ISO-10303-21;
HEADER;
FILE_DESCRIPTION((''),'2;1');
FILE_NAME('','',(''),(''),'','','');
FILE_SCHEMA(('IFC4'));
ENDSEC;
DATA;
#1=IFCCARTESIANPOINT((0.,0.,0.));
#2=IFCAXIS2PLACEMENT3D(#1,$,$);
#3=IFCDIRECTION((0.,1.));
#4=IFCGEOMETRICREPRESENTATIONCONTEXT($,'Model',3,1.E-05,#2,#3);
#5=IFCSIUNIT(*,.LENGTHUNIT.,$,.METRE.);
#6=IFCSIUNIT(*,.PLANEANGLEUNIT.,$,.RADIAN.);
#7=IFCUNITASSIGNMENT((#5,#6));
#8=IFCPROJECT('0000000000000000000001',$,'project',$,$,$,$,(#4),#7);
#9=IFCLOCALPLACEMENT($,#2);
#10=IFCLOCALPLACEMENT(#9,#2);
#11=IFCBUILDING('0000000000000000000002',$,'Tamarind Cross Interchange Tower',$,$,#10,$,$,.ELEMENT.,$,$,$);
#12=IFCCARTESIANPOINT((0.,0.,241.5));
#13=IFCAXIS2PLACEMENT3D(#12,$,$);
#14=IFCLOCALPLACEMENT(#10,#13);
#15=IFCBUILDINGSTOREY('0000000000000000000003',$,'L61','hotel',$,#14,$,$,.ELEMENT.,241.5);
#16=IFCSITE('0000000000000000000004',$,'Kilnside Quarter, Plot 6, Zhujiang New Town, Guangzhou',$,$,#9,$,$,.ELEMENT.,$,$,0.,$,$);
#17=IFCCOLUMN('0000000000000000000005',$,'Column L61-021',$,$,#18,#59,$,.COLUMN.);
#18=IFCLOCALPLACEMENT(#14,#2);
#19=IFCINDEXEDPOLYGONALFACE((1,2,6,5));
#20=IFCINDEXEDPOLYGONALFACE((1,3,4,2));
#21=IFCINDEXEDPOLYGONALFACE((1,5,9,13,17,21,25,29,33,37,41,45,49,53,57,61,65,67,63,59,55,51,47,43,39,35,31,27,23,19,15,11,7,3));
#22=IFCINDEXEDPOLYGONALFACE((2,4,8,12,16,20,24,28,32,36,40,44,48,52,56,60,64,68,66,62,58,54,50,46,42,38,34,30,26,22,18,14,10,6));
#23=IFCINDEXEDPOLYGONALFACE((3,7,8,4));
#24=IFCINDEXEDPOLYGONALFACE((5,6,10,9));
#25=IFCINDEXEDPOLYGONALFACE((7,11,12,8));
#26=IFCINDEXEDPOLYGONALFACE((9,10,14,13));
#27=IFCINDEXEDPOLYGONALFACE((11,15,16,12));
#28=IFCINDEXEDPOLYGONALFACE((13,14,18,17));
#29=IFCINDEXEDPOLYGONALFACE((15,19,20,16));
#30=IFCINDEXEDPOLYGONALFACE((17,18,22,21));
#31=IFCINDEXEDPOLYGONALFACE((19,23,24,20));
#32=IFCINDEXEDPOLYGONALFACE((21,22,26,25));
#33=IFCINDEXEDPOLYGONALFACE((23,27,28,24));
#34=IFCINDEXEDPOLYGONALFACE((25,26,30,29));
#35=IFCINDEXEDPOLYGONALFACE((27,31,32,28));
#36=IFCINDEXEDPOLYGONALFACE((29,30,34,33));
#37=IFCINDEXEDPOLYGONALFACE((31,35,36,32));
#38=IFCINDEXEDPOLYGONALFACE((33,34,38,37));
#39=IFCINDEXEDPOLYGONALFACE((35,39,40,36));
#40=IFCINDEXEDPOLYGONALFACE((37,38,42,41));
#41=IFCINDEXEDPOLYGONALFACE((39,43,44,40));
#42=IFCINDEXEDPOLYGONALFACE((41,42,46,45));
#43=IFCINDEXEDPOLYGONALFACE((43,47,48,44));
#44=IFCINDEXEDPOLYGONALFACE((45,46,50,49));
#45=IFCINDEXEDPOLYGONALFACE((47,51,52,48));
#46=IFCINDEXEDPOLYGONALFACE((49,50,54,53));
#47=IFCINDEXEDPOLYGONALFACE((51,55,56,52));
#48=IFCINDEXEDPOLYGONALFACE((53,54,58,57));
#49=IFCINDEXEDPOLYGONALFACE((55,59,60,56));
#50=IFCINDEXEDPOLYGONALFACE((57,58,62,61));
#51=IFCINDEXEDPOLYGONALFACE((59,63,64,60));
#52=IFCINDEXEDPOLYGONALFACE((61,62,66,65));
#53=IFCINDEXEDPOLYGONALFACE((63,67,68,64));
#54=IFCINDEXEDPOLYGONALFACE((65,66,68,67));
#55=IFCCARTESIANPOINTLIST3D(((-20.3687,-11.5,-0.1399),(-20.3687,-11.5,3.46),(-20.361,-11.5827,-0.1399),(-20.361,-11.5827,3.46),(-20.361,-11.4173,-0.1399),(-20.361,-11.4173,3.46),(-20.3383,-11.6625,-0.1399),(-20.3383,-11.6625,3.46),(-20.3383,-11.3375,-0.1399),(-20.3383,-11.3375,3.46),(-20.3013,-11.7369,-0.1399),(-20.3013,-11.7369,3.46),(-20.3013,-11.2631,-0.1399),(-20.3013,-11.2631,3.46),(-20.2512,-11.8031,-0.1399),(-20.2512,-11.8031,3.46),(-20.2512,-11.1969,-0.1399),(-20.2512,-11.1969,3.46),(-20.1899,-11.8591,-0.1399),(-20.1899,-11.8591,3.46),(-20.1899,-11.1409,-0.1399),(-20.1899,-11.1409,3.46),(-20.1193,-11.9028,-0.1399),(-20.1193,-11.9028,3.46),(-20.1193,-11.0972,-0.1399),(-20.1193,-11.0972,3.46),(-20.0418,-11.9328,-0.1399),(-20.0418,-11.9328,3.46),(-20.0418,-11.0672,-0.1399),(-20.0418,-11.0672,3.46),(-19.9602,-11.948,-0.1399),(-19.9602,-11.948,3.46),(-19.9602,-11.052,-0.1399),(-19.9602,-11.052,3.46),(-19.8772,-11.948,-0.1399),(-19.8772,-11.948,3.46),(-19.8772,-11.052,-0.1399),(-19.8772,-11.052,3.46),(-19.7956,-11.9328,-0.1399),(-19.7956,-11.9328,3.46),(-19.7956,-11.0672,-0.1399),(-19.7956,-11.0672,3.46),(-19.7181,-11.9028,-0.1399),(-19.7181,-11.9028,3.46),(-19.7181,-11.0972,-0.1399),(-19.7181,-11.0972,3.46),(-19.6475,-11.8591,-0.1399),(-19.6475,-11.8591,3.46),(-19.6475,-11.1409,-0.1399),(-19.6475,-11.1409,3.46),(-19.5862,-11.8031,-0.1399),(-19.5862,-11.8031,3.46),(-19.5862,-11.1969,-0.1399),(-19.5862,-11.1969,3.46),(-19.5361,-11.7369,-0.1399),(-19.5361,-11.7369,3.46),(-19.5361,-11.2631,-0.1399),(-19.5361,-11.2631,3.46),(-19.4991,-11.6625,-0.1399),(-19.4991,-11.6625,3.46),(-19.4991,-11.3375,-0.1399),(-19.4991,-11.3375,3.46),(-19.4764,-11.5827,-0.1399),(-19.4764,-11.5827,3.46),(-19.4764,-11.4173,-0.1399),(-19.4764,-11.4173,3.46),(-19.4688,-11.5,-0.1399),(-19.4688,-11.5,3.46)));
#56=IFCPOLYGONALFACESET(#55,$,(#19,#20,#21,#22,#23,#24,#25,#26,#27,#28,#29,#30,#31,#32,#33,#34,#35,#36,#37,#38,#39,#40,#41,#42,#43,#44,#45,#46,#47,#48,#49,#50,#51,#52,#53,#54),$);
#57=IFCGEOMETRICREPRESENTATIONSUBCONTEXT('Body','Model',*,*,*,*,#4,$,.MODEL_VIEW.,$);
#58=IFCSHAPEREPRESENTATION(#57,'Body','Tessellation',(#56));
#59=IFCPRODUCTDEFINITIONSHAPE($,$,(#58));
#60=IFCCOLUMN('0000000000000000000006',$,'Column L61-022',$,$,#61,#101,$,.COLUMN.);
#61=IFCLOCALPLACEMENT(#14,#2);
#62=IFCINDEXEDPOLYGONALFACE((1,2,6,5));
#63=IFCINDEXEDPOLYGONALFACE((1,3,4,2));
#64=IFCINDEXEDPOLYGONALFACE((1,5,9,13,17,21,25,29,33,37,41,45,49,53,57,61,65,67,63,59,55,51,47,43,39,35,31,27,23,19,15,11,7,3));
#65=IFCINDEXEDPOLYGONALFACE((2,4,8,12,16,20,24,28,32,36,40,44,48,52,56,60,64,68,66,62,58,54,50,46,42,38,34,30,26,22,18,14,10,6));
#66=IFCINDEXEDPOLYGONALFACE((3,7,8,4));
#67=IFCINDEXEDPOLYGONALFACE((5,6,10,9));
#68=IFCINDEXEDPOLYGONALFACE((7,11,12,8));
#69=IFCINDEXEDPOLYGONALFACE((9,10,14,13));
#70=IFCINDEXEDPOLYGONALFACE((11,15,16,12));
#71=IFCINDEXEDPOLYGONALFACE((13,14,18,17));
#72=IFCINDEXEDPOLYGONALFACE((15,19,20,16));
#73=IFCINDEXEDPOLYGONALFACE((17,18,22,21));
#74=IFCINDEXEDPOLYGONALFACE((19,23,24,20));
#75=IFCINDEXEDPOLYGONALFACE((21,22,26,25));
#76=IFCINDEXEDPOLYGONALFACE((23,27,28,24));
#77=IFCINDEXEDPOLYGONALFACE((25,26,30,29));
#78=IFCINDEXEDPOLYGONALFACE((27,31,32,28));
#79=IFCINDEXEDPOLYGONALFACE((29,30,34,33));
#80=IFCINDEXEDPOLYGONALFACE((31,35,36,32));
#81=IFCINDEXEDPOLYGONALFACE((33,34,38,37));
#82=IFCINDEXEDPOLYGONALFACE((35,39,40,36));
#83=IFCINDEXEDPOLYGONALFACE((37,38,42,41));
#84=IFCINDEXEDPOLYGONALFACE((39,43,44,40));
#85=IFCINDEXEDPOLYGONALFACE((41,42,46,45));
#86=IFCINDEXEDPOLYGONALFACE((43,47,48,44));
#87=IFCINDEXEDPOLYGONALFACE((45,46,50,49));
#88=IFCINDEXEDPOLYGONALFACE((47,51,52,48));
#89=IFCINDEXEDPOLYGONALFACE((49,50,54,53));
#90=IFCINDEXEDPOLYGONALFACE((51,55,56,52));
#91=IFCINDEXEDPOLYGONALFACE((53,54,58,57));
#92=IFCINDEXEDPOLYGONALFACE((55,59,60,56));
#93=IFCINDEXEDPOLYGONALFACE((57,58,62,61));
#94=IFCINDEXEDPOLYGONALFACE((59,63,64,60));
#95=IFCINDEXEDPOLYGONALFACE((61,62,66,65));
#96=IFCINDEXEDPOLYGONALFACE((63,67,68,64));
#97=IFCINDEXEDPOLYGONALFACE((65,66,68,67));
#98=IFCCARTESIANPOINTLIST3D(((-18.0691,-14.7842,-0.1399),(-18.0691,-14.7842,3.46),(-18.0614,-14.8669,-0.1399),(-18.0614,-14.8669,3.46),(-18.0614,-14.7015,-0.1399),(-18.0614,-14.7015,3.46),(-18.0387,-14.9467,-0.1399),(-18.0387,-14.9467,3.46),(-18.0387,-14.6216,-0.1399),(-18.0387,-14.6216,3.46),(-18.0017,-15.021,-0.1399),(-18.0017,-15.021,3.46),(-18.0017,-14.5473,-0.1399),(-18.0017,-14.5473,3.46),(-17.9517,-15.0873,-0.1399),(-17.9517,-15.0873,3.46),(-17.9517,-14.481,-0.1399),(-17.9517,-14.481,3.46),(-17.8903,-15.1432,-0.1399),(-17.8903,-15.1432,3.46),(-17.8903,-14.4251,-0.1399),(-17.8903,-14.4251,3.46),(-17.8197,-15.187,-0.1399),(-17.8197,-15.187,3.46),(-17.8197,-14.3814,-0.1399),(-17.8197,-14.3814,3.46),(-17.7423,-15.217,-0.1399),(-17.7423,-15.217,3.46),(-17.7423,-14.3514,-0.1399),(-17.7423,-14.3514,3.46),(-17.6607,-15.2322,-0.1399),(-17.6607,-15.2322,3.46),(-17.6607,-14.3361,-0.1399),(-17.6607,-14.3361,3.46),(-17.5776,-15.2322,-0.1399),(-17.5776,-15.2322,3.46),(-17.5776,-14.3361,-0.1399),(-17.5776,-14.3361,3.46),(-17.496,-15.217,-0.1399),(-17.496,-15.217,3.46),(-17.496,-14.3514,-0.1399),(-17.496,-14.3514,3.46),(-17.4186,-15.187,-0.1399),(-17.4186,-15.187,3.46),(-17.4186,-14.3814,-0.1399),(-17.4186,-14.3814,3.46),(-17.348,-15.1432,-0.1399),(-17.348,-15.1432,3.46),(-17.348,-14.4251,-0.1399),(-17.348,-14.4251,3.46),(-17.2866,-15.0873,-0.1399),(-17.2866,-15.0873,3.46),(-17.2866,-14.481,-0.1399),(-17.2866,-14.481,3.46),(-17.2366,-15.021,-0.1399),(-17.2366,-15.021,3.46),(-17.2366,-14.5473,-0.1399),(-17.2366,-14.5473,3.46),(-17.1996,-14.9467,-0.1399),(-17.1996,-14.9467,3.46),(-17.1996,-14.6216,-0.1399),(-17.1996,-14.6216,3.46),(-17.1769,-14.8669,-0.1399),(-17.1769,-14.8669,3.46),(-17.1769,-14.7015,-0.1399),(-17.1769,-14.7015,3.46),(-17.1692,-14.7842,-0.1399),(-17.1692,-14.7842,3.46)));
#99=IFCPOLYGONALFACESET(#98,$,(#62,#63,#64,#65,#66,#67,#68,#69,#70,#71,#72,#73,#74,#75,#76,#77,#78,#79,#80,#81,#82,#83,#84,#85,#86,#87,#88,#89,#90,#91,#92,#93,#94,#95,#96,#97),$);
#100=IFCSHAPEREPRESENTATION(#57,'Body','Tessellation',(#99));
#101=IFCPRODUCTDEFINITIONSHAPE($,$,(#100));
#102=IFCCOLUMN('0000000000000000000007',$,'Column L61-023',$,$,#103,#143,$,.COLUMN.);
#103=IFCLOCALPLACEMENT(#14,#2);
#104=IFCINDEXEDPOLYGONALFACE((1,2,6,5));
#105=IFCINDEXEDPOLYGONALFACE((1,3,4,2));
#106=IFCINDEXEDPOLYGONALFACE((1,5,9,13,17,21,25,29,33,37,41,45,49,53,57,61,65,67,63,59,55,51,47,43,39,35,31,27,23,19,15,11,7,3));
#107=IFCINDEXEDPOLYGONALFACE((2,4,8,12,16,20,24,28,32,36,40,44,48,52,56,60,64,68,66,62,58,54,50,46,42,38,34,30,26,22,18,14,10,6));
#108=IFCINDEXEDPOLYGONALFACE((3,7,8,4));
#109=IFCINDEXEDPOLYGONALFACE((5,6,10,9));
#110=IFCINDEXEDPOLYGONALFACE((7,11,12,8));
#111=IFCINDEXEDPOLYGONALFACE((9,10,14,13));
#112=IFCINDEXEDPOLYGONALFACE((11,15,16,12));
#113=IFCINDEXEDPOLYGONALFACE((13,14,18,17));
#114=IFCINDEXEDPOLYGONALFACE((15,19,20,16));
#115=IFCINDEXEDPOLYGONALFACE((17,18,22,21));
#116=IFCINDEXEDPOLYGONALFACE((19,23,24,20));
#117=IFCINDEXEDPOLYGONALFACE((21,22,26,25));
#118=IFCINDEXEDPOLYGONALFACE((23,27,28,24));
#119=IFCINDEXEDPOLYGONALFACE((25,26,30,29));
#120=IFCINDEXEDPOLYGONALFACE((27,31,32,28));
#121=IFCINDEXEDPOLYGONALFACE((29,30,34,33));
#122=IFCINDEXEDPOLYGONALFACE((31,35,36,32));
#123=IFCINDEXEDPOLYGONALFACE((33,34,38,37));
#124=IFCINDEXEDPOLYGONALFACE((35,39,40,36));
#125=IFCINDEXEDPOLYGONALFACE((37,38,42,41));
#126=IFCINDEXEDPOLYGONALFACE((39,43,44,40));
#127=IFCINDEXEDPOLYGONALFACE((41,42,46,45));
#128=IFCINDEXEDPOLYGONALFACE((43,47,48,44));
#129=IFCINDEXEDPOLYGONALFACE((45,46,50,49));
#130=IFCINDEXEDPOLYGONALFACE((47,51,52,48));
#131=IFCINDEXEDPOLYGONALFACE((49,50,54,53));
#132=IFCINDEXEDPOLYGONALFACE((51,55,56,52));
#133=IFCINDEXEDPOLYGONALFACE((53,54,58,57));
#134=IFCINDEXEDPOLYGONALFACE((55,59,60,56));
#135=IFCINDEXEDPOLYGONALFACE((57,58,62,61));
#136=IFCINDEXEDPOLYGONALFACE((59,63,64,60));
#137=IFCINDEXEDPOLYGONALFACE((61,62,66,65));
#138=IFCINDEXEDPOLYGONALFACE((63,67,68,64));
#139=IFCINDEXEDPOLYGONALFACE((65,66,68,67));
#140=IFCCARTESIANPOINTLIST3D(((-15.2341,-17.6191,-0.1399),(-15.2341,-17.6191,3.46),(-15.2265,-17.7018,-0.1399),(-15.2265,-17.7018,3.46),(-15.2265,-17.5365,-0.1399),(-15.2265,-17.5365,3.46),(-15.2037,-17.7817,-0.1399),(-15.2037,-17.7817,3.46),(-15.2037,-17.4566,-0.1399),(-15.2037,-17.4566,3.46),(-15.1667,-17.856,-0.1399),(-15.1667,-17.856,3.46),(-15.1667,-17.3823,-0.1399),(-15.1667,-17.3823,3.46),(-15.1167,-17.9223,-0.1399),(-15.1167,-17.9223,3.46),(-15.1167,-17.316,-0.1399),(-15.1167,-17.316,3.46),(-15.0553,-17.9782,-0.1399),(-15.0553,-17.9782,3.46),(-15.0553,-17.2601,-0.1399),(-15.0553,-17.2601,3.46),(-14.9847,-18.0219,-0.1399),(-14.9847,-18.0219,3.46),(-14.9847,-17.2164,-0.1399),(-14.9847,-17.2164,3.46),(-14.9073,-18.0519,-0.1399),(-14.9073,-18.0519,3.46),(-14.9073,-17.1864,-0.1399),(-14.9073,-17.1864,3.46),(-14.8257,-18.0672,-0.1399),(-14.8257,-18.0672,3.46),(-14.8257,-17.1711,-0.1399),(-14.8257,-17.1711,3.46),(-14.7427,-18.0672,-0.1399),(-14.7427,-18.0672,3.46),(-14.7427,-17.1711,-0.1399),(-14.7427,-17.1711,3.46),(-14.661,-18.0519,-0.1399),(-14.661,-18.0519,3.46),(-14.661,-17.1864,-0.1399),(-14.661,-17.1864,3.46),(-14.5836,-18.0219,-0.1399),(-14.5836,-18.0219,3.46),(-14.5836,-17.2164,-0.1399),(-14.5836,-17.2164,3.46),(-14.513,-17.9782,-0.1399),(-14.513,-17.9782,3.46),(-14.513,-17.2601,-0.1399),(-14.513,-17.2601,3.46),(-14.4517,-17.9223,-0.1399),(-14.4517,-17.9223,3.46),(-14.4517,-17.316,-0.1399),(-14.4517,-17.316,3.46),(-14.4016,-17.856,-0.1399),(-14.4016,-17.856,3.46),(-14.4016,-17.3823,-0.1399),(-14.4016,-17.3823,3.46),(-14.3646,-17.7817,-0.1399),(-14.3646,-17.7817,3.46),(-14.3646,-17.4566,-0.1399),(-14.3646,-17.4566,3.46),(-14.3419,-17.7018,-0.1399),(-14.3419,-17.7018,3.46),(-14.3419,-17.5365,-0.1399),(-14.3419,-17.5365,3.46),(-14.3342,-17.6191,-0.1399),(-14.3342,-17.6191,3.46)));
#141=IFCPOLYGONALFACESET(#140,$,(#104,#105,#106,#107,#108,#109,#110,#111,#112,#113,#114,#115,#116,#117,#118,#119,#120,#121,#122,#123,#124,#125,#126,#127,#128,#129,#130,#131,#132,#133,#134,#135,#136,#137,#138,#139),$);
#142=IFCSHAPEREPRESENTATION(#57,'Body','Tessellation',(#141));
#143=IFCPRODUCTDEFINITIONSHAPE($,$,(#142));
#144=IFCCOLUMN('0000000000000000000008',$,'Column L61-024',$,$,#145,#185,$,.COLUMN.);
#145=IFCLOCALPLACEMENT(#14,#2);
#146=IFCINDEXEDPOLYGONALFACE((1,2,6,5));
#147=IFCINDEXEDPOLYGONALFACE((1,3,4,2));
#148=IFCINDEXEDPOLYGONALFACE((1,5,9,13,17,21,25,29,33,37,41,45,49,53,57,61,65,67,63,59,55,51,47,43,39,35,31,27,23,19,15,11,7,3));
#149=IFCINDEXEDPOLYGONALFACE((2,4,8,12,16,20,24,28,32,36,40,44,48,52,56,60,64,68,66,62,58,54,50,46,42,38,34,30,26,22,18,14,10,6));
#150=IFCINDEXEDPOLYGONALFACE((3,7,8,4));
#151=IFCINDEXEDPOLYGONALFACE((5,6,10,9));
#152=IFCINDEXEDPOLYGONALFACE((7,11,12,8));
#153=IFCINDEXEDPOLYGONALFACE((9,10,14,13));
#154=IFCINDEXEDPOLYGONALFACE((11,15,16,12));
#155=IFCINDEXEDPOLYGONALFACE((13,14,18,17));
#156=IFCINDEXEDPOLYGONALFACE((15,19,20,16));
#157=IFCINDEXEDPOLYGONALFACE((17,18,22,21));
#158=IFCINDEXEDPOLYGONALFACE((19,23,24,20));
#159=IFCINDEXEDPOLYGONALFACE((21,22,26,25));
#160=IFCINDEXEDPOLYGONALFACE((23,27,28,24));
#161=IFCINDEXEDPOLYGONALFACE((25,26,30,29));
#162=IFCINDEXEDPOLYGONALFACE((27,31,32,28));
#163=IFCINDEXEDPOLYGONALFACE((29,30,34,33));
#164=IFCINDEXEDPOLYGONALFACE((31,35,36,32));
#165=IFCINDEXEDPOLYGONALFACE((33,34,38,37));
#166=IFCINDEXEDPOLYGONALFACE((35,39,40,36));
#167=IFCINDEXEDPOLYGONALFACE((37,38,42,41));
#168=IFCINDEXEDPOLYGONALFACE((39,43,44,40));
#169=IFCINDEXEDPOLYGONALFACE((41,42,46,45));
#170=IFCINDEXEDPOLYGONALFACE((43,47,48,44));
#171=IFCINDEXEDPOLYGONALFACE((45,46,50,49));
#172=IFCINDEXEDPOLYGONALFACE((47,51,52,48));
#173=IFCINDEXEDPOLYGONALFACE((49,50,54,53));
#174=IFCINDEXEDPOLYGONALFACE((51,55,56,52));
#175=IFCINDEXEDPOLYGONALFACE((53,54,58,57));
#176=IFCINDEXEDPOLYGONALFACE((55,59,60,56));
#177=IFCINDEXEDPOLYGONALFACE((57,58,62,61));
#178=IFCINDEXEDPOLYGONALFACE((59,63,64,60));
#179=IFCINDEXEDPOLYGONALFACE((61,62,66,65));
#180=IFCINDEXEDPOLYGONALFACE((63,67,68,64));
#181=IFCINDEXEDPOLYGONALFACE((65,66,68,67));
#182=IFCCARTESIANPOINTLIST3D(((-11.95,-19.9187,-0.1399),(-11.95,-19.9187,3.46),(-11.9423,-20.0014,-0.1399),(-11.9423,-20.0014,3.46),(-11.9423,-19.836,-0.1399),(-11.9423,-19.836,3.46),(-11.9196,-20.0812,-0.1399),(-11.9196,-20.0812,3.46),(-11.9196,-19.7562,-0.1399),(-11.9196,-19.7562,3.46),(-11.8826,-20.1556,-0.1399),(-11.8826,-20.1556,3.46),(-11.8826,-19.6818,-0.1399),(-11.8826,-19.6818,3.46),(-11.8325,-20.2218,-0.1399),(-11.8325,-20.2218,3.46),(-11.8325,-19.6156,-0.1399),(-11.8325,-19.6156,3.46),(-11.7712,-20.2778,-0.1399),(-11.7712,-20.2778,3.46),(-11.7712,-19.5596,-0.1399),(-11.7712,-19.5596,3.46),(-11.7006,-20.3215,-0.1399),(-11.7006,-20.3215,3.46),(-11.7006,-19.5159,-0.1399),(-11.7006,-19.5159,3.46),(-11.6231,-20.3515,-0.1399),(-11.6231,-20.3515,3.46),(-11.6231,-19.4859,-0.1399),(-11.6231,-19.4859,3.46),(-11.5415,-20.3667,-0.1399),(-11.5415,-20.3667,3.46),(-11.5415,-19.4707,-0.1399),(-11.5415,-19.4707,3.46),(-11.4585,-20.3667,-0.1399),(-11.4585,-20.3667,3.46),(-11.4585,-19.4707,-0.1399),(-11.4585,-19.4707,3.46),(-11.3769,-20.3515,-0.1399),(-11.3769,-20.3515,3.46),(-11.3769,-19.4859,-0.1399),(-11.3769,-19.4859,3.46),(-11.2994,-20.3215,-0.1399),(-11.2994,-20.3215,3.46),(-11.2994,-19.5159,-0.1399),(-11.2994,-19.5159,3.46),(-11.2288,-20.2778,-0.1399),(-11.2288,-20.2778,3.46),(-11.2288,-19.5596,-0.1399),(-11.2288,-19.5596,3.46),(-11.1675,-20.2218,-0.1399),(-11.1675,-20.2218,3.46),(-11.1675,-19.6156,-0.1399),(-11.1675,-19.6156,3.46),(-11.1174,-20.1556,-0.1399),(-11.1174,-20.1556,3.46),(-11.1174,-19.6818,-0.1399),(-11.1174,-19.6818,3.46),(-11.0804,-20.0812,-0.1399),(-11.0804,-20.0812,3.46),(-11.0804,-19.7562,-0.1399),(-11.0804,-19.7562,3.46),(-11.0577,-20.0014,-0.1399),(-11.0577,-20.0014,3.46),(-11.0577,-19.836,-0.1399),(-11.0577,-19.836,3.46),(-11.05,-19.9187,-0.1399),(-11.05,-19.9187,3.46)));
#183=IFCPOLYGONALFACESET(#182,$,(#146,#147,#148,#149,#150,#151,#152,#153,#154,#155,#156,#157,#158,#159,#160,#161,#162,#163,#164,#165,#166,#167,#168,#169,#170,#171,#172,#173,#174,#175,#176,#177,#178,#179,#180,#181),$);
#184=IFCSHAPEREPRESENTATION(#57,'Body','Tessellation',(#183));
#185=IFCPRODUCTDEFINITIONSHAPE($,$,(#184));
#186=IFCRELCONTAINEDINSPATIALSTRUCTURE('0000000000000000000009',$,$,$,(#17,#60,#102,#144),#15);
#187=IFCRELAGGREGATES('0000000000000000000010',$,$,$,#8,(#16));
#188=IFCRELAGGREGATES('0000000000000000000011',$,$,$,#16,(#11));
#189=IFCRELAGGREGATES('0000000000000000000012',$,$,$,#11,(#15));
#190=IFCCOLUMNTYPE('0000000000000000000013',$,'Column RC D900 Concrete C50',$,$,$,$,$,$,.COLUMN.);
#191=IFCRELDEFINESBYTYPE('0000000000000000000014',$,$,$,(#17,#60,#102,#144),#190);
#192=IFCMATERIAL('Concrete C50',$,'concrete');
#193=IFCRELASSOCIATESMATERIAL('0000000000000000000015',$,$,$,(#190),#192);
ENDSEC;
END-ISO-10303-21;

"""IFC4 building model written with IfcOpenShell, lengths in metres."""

from ifc_helpers import new_model, si_unit, direction, frame, origin, origin_2d, place, context, subcontext, project, spatial, circle, extrude, material, material_profile, profile_set, type_object, element, save


model = new_model("IFC4")

# Units and contexts
model_context = context("Model", 3, precision=1e-05, world=origin(), true_north=direction((0.0, 1.0)))
body_context = subcontext(model_context, "Body", "Model", "MODEL_VIEW")
ifc_project = project(units=[si_unit("LENGTHUNIT", "METRE"), si_unit("PLANEANGLEUNIT", "RADIAN")], contexts=[model_context])

# Site, building, storey
site_placement = place(None, origin())
site = spatial("IfcSite", under=ifc_project, at=site_placement, Name="Kilnside Quarter, Plot 6, Zhujiang New Town, Guangzhou", CompositionType="ELEMENT", RefElevation=0.0)
building_placement = place(site_placement, origin())
building = spatial("IfcBuilding", under=site, at=building_placement, Name="Tamarind Cross Interchange Tower", CompositionType="ELEMENT")
storey_placement = place(building_placement, frame((0.0, 0.0, 241.5)))
storey = spatial("IfcBuildingStorey", under=building, at=storey_placement, Name="L61", Description="hotel", CompositionType="ELEMENT", Elevation=241.5)

# Columns
ifc_material_1 = material(Name="Concrete C50", Category="concrete")
ifc_material_profile_1 = material_profile(ifc_material_1, circle(Radius=0.45, at=origin_2d()), Name="RC D900")
ifc_profile_set_1 = profile_set([ifc_material_profile_1], Name="Concrete C50")
column_type = type_object("IfcColumnType", Name="Column RC D900 Concrete C50", PredefinedType="COLUMN", material=ifc_profile_set_1)
for number, where, z_axis, x_axis, name in (
    (1, (-19.9187, -11.5, -0.1399), (0.0, 0.0, 1.0), (1.0, 0.0, 0.0), "Column L61-021"),
    (2, (-17.6191, -14.7842, -0.1399), (0.0, 0.0, 1.0), (1.0, 0.0, 0.0), "Column L61-022"),
    (3, (-14.7842, -17.6191, -0.1399), (0.0, 0.0, 1.0), (1.0, 0.0, 0.0), "Column L61-023"),
    (4, (-11.5, -19.9187, -0.1399), (0.0, 0.0, 1.0), (1.0, 0.0, 0.0), "Column L61-024"),
):
    element("IfcColumn", number, at=place(storey_placement, frame(where, z_axis=z_axis, x_axis=x_axis)), inside=storey, type_object=column_type, Name=name, PredefinedType="COLUMN", context=body_context, shape_type="SweptSolid", body=[
        extrude(circle(Radius=0.45, at=origin_2d()), origin(), (0.0, 0.0, 1.0), 3.5999),
    ])

save(model, "model.ifc")
